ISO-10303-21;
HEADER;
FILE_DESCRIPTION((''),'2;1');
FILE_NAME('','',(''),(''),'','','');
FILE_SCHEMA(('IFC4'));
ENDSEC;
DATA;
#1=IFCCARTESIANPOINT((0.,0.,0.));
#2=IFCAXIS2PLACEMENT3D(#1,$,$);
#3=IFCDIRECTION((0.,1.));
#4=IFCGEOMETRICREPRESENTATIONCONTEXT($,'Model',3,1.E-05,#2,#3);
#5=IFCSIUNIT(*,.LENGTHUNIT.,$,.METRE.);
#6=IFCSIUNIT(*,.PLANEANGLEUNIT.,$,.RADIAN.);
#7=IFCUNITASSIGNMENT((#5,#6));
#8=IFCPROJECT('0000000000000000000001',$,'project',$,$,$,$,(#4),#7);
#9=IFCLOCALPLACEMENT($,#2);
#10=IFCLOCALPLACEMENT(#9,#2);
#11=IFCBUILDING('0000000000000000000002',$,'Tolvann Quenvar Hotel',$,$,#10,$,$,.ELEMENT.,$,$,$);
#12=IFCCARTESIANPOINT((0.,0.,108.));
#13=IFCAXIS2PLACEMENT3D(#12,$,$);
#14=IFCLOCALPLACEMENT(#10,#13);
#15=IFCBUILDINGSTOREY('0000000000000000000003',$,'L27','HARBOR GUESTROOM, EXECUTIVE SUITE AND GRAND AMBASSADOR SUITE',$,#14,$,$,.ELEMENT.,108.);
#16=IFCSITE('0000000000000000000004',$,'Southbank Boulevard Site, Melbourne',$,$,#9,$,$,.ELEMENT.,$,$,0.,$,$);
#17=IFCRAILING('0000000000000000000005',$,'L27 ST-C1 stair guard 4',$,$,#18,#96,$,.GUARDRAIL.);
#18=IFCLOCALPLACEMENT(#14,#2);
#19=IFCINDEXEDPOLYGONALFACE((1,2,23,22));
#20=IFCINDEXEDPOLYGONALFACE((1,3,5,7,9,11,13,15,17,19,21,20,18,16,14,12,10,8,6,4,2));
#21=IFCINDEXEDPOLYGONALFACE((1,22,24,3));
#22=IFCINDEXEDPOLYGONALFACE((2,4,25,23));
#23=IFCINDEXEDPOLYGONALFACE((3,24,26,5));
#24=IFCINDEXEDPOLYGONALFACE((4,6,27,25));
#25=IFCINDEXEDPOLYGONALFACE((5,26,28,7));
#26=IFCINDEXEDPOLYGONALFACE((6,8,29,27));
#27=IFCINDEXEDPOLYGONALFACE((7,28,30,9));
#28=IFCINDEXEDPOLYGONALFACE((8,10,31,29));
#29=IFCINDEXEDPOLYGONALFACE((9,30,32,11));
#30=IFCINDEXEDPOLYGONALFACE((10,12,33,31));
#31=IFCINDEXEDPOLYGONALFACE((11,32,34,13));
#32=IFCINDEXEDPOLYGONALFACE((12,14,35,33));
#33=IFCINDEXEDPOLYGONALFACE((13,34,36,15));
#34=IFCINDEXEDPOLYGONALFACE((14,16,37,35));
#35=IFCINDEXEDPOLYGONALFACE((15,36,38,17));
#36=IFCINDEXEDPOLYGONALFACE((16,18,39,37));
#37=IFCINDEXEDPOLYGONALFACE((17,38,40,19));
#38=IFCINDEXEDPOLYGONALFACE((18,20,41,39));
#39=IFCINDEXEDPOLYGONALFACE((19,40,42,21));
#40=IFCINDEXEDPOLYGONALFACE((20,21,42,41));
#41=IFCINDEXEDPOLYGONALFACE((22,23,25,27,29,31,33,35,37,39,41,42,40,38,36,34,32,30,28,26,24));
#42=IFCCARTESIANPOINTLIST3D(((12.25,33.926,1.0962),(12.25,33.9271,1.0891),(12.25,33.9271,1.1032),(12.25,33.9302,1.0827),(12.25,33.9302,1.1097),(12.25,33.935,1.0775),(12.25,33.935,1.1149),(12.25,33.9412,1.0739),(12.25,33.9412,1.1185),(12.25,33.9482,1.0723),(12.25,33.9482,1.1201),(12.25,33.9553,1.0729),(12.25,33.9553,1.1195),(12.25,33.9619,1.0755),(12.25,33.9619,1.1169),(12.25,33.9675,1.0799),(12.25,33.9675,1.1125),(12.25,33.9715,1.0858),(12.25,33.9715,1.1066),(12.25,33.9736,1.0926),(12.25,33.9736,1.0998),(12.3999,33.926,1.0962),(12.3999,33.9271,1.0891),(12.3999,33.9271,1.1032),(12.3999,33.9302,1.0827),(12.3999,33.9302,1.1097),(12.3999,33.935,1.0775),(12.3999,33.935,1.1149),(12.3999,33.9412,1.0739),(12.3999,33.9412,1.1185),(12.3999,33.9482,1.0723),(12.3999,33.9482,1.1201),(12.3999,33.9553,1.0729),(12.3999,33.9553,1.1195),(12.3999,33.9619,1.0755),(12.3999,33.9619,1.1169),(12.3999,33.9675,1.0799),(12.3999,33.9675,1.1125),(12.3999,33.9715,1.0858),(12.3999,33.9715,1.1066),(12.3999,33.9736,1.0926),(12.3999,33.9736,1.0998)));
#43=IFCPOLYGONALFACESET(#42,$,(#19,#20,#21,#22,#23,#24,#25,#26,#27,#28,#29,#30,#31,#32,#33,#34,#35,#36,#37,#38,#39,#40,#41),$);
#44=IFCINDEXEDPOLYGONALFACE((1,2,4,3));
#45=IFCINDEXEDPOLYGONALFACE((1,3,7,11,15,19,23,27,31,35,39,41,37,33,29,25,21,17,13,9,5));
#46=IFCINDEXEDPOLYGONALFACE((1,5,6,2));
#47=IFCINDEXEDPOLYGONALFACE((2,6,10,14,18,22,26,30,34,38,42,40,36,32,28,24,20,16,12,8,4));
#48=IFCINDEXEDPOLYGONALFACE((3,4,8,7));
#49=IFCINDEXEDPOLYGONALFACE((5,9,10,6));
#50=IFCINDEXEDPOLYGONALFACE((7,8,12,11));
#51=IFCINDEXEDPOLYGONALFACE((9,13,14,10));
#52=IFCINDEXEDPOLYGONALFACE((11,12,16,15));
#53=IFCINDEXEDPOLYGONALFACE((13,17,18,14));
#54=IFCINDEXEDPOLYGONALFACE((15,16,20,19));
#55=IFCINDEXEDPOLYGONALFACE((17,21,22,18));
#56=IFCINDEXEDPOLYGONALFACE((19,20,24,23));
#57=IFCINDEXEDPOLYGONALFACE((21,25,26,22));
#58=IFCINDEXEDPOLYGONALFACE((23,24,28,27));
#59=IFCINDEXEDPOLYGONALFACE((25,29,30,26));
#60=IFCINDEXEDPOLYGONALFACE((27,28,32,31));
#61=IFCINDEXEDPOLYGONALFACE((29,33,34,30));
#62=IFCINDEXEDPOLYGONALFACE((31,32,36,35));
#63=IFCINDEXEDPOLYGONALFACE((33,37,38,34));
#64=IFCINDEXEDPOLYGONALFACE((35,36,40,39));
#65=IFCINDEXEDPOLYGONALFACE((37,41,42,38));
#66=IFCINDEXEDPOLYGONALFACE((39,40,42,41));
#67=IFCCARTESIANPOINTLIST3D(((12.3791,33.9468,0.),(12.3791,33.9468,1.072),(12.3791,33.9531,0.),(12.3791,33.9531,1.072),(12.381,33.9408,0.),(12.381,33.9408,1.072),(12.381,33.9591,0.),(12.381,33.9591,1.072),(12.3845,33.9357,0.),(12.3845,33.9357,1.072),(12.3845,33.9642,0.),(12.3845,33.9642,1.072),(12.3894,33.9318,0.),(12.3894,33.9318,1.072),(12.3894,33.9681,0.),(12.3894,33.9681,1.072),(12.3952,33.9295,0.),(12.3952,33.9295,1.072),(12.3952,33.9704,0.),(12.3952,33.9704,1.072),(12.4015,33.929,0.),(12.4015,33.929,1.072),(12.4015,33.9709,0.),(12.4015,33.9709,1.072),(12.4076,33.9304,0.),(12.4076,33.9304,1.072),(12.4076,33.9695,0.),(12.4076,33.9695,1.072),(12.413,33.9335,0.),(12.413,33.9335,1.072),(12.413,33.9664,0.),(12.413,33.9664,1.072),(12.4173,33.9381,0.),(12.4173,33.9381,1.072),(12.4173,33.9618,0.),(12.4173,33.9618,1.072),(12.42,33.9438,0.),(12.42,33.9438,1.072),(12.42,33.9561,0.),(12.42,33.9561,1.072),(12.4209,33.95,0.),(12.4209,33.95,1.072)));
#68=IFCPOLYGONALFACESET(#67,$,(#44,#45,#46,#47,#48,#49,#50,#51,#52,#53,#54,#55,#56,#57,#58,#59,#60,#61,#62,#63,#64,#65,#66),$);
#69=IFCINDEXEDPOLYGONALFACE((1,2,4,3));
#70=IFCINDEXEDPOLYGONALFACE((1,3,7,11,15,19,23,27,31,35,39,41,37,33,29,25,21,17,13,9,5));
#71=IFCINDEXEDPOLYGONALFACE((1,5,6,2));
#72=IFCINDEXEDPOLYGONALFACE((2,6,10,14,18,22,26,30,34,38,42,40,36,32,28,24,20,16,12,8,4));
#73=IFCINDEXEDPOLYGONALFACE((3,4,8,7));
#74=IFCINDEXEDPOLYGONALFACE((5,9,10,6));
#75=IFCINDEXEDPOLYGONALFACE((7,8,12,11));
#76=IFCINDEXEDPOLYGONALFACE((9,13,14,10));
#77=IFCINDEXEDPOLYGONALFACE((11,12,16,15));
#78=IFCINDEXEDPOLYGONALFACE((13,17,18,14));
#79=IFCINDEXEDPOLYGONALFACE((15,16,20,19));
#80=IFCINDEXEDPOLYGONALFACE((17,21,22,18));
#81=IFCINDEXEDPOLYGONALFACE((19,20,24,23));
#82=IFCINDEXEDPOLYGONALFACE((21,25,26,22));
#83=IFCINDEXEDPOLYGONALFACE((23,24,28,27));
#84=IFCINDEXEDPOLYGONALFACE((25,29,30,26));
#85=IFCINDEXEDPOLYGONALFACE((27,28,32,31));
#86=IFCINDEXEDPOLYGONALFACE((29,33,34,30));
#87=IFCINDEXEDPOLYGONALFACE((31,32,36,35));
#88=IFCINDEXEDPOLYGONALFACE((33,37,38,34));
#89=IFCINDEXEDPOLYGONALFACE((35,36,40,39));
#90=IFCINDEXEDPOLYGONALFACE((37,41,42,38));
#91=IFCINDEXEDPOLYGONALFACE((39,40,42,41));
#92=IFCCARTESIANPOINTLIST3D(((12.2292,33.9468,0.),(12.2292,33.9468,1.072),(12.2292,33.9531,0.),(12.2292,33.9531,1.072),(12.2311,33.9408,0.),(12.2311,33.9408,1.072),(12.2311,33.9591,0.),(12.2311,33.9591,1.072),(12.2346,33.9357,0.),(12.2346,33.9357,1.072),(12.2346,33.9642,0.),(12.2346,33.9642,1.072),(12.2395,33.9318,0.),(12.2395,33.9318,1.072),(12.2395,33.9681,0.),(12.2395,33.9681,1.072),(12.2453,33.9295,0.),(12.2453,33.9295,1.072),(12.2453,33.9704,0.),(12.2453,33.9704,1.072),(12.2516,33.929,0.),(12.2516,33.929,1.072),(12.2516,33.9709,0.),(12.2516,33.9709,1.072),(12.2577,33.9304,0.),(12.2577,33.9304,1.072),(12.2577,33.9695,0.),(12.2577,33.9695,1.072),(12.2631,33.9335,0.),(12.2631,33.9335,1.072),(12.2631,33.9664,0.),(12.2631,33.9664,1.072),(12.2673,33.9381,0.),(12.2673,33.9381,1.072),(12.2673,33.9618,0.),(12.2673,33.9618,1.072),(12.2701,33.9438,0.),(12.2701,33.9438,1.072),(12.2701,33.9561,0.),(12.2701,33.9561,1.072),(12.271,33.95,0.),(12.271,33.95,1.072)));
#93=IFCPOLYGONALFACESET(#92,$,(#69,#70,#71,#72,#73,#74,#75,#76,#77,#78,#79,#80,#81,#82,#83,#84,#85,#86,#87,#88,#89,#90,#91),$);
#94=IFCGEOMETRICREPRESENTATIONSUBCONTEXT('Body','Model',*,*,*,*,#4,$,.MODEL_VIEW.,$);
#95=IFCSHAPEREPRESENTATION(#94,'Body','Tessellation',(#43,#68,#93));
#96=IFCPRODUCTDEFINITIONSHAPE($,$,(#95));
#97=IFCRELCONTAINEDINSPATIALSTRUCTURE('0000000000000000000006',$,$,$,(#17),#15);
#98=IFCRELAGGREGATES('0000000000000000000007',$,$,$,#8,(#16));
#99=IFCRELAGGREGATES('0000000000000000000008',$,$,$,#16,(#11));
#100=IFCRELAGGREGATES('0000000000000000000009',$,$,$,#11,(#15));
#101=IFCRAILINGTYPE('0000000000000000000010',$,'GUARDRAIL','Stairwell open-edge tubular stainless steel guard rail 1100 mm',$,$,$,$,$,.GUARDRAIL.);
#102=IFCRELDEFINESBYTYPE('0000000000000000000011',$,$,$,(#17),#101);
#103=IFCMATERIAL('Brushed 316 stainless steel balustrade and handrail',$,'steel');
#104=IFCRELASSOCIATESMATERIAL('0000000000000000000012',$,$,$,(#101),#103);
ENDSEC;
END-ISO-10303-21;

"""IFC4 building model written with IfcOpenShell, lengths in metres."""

from ifc_helpers import new_model, si_unit, direction, frame, origin, origin_2d, place, context, subcontext, project, spatial, circle, extrude, material, type_object, element, save


model = new_model("IFC4")

# Units and contexts
model_context = context("Model", 3, precision=1e-05, world=origin(), true_north=direction((0.0, 1.0)))
body_context = subcontext(model_context, "Body", "Model", "MODEL_VIEW")
ifc_project = project(units=[si_unit("LENGTHUNIT", "METRE"), si_unit("PLANEANGLEUNIT", "RADIAN")], contexts=[model_context])

# Site, building, storey
site_placement = place(None, origin())
site = spatial("IfcSite", under=ifc_project, at=site_placement, Name="Southbank Boulevard Site, Melbourne", CompositionType="ELEMENT", RefElevation=0.0)
building_placement = place(site_placement, origin())
building = spatial("IfcBuilding", under=site, at=building_placement, Name="Tolvann Quenvar Hotel", CompositionType="ELEMENT")
storey_placement = place(building_placement, frame((0.0, 0.0, 108.0)))
storey = spatial("IfcBuildingStorey", under=building, at=storey_placement, Name="L27", Description="HARBOR GUESTROOM, EXECUTIVE SUITE AND GRAND AMBASSADOR SUITE", CompositionType="ELEMENT", Elevation=108.0)

# Railing
ifc_material_1 = material(Name="Brushed 316 stainless steel balustrade and handrail", Category="steel")
railing_type_1 = type_object("IfcRailingType", Name="GUARDRAIL", Description="Stairwell open-edge tubular stainless steel guard rail 1100 mm", PredefinedType="GUARDRAIL", material=ifc_material_1)
railing_1_placement = place(storey_placement, frame((12.3999, 33.95, 0.0)))
element("IfcRailing", 1, at=railing_1_placement, inside=storey, type_object=railing_type_1, Name="L27 ST-C1 stair guard 4", PredefinedType="GUARDRAIL", context=body_context, shape_type="SweptSolid", body=[
    extrude(circle(Radius=0.0239, at=origin_2d()), frame((0.0, 0.0, 1.0962), z_axis=(-1.0, 0.0, 0.0), x_axis=(0.0, -1.0, 0.0)), (0.0, 0.0, 1.0), 0.1499),
    extrude(circle(Radius=0.021, at=origin_2d()), origin(), (0.0, 0.0, 1.0), 1.072),
    extrude(circle(Radius=0.021, at=origin_2d()), frame((-0.1499, 0.0, 0.0)), (0.0, 0.0, 1.0), 1.072),
])

save(model, "model.ifc")
